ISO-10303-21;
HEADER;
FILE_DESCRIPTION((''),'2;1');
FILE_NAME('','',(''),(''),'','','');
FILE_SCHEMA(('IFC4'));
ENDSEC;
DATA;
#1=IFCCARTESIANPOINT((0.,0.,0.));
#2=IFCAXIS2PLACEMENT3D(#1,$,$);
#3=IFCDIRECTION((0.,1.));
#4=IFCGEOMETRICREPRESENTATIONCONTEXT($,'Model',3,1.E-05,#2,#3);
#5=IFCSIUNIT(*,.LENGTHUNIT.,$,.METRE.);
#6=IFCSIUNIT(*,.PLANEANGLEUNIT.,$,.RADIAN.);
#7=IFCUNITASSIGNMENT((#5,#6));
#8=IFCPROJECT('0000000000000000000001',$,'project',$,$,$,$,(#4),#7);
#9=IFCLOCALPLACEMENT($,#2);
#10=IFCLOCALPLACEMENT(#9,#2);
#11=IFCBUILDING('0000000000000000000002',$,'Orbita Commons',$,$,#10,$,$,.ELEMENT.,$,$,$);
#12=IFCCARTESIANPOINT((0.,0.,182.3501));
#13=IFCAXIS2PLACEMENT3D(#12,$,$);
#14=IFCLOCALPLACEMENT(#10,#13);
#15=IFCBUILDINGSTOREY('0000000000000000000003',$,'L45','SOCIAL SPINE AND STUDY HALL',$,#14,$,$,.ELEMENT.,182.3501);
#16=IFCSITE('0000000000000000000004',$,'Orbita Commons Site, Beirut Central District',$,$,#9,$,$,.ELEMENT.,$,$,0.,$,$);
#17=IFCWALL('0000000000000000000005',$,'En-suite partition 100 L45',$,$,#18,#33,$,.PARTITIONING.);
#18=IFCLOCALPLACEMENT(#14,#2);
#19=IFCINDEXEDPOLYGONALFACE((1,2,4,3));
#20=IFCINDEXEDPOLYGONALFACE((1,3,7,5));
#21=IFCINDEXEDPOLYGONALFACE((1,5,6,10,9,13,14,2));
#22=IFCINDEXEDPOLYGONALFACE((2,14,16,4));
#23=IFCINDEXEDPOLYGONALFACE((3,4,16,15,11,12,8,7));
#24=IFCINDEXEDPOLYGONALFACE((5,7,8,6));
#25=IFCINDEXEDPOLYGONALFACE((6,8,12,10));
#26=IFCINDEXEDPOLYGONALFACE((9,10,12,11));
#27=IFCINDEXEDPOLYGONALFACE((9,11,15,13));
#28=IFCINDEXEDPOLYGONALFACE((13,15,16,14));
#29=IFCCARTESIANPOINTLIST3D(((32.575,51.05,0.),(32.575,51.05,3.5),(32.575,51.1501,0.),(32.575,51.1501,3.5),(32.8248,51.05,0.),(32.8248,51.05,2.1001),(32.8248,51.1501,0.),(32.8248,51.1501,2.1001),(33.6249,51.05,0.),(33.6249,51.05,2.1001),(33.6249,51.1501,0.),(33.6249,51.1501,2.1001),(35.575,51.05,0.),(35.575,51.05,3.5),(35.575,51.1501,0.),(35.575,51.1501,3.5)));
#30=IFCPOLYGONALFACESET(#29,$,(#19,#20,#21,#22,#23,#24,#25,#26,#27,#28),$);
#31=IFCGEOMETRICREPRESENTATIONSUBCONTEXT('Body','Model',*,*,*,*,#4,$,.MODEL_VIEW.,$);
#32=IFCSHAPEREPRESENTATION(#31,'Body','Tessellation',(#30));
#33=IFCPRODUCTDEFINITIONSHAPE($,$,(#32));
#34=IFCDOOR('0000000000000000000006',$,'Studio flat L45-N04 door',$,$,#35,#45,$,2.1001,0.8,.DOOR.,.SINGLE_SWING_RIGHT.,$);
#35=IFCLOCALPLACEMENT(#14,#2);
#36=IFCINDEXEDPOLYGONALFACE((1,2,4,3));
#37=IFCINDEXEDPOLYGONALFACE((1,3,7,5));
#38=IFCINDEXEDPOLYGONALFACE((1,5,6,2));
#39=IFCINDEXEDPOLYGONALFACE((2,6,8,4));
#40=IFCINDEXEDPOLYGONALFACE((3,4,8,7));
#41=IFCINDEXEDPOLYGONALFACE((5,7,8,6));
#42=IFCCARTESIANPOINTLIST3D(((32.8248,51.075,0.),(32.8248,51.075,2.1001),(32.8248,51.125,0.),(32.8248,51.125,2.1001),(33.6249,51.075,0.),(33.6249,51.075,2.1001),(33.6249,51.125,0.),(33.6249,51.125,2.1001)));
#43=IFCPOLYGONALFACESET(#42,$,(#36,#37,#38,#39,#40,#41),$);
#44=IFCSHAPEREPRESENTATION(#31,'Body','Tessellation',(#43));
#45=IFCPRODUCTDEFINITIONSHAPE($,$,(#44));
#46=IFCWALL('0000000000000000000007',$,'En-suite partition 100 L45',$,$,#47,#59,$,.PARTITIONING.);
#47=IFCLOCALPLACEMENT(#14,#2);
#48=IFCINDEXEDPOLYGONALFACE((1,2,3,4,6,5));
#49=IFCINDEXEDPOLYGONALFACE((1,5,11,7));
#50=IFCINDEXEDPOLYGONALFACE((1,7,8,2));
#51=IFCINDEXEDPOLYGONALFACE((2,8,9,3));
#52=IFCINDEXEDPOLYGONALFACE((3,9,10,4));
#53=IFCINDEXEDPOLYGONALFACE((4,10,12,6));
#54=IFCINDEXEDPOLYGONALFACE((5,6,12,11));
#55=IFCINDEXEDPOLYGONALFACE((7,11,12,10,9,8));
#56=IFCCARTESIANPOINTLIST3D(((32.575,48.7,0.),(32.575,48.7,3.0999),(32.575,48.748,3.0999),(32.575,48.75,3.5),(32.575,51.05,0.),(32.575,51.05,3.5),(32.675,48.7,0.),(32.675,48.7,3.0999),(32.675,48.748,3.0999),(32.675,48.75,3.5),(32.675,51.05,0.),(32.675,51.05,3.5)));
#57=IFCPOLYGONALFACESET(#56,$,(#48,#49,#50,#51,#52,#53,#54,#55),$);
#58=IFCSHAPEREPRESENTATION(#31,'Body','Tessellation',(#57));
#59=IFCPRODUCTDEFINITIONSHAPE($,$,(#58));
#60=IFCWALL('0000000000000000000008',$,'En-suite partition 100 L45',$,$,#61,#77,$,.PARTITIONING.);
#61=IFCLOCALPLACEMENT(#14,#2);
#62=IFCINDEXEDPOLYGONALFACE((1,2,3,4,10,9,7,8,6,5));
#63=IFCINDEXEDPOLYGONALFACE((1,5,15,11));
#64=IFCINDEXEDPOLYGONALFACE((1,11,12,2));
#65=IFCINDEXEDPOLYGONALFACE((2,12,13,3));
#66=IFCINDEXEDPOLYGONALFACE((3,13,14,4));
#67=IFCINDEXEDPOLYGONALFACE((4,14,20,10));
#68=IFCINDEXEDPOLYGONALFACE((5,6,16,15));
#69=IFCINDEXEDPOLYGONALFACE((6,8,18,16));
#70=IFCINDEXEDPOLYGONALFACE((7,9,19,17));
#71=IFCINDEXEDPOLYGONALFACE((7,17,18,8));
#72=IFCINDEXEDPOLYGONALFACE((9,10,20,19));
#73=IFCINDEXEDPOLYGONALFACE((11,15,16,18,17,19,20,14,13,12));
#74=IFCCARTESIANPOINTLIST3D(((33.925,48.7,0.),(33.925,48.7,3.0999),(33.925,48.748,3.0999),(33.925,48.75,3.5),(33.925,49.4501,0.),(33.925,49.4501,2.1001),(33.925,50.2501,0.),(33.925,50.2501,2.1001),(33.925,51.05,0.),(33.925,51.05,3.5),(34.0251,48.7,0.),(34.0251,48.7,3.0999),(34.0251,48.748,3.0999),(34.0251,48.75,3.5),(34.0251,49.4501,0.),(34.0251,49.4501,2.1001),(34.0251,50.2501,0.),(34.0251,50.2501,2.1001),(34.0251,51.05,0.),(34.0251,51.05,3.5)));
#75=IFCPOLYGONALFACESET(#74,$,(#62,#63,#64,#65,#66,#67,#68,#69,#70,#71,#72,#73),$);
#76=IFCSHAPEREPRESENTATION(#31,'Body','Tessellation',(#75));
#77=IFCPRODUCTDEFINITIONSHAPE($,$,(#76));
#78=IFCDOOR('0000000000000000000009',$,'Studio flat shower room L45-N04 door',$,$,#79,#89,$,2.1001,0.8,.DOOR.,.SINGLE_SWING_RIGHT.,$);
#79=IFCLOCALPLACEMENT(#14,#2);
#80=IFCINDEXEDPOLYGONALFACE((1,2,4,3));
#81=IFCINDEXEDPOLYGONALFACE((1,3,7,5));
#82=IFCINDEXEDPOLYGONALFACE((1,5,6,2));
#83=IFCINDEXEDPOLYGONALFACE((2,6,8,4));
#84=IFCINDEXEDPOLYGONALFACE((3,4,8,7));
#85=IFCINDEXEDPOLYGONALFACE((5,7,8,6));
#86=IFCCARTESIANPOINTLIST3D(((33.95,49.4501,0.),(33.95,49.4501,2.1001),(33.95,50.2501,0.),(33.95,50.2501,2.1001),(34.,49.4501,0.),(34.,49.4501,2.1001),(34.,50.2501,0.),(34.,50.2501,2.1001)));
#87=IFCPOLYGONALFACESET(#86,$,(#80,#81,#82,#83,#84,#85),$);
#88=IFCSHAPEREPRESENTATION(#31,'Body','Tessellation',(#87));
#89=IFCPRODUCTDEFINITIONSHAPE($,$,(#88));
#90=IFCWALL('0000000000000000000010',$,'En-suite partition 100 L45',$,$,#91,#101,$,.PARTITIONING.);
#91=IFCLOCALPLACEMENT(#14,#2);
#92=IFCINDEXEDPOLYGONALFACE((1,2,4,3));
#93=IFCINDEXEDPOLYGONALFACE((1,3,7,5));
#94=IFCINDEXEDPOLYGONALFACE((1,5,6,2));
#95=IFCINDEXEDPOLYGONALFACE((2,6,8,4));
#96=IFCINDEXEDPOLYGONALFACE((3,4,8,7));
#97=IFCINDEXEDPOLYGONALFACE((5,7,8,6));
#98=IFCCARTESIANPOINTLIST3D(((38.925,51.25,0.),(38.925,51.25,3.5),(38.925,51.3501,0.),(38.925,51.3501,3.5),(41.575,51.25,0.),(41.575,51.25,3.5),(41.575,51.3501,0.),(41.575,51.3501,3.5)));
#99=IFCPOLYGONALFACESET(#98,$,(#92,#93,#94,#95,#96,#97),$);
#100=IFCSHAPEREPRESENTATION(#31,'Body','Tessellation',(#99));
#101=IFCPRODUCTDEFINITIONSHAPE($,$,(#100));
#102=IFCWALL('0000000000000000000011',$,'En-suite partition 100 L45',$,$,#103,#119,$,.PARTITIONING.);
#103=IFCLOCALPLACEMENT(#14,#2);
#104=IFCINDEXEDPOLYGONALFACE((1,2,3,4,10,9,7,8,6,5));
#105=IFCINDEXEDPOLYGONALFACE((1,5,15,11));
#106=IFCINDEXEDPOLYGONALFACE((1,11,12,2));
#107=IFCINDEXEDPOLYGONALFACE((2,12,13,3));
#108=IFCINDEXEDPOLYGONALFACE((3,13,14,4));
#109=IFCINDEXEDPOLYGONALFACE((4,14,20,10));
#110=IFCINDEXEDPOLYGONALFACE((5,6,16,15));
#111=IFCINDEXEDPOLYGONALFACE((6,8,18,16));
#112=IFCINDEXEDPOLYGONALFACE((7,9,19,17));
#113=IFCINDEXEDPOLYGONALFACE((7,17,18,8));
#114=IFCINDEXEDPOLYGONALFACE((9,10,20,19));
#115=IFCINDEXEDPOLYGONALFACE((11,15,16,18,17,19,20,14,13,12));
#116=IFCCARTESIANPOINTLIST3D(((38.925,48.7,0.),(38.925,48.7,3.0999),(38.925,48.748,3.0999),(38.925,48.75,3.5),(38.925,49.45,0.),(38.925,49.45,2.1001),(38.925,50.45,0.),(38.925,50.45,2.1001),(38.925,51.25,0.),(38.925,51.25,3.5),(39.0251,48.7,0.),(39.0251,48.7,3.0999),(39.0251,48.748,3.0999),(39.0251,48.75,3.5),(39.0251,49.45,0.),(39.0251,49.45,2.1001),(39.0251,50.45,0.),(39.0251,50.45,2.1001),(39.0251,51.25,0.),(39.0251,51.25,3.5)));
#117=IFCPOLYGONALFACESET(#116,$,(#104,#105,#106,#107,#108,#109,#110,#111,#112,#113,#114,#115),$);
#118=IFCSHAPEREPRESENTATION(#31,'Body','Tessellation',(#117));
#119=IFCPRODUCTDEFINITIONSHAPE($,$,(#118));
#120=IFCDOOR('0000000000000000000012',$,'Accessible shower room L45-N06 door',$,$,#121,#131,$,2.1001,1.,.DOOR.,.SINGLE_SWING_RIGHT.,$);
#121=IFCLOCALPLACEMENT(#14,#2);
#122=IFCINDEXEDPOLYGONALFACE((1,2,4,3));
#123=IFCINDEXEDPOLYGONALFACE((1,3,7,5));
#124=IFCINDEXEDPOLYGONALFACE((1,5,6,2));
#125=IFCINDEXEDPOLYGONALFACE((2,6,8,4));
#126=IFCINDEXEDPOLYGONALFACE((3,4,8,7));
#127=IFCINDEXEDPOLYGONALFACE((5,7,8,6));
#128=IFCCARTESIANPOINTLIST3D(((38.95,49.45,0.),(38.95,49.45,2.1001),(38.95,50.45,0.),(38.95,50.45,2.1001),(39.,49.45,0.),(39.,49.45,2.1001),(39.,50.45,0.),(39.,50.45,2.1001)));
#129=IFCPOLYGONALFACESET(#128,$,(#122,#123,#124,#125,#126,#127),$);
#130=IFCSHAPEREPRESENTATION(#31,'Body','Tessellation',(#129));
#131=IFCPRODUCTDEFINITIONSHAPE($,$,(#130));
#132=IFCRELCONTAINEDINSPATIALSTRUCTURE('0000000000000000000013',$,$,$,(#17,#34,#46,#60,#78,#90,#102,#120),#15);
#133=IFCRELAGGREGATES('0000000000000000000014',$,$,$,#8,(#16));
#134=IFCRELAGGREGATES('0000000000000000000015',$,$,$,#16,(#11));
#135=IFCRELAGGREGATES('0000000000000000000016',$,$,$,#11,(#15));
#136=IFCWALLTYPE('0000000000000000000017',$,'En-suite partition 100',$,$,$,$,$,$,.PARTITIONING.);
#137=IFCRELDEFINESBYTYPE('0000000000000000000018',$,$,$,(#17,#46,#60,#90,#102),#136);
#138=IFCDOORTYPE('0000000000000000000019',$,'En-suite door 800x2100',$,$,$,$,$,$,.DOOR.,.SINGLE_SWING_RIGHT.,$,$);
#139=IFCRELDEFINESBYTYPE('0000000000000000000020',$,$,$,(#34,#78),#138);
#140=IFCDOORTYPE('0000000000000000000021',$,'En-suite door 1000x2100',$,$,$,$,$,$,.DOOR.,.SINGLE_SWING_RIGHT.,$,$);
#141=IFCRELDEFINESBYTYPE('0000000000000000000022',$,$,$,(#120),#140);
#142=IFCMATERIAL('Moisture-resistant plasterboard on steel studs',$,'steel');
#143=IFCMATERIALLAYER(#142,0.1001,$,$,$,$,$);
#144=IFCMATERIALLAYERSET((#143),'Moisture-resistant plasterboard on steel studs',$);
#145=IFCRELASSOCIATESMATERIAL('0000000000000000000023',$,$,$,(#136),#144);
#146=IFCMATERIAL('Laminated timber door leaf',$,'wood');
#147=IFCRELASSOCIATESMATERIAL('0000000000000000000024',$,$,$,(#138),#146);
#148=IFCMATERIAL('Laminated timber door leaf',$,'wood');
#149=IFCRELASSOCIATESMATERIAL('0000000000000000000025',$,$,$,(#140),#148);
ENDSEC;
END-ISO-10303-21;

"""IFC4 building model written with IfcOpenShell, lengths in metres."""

from ifc_helpers import new_model, si_unit, direction, frame, frame_2d, origin, place, context, subcontext, project, spatial, polyline, rectangle, outline, extrude, material, layer, layer_set, type_object, element, fill, save


model = new_model("IFC4")

# Units and contexts
model_context = context("Model", 3, precision=1e-05, world=origin(), true_north=direction((0.0, 1.0)))
body_context = subcontext(model_context, "Body", "Model", "MODEL_VIEW")
ifc_project = project(units=[si_unit("LENGTHUNIT", "METRE"), si_unit("PLANEANGLEUNIT", "RADIAN")], contexts=[model_context])

# Site, building, storey
site_placement = place(None, origin())
site = spatial("IfcSite", under=ifc_project, at=site_placement, Name="Orbita Commons Site, Beirut Central District", CompositionType="ELEMENT", RefElevation=0.0)
building_placement = place(site_placement, origin())
building = spatial("IfcBuilding", under=site, at=building_placement, Name="Orbita Commons", CompositionType="ELEMENT")
storey_placement = place(building_placement, frame((0.0, 0.0, 182.3501)))
storey = spatial("IfcBuildingStorey", under=building, at=storey_placement, Name="L45", Description="SOCIAL SPINE AND STUDY HALL", CompositionType="ELEMENT", Elevation=182.3501)

# Shared definitions
ifc_material_1 = material(Name="Moisture-resistant plasterboard on steel studs", Category="steel")
ifc_layer_1 = layer(ifc_material_1, 0.1001)
ifc_layer_set_1 = layer_set([ifc_layer_1], Name="Moisture-resistant plasterboard on steel studs")
wall_type_1 = type_object("IfcWallType", Name="En-suite partition 100", PredefinedType="PARTITIONING", material=ifc_layer_set_1)

# Wall, opening, door
wall_1_placement = place(storey_placement, frame((32.575, 51.1001, 0.0), z_axis=(0.0, 0.0, 1.0), x_axis=(1.0, 0.0, 0.0)))
wall_1 = element("IfcWall", 1, at=wall_1_placement, inside=storey, type_object=wall_type_1, Name="En-suite partition 100 L45", PredefinedType="PARTITIONING", context=body_context, shape_type="SweptSolid", body=[
    extrude(rectangle(XDim=3.0, YDim=0.1001, at=frame_2d((1.5, 0.0))), origin(), (0.0, 0.0, 1.0), 3.5),
])
opening_1_placement = place(wall_1_placement, frame((0.25, 0.0, 0.0)))
opening_1 = element("IfcOpeningElement", 2, at=opening_1_placement, cuts=wall_1, PredefinedType="OPENING", context=body_context, shape_type="SweptSolid", body=[
    extrude(rectangle(XDim=0.8, YDim=2.1001, at=frame_2d((0.3999, 1.05))), frame((0.0, 0.0601, 0.0), z_axis=(0.0, -1.0, 0.0), x_axis=(1.0, 0.0, 0.0)), (0.0, 0.0, 1.0), 0.1201),
])
ifc_material_2 = material(Name="Laminated timber door leaf", Category="wood")
door_type_1 = type_object("IfcDoorType", Name="En-suite door 800x2100", OperationType="SINGLE_SWING_RIGHT", PredefinedType="DOOR", material=ifc_material_2)
door_1_placement = place(opening_1_placement, origin())
door_1 = element("IfcDoor", 3, at=door_1_placement, inside=storey, type_object=door_type_1, Name="Studio flat L45-N04 door", OperationType="SINGLE_SWING_RIGHT", OverallHeight=2.1001, OverallWidth=0.8, PredefinedType="DOOR", context=body_context, shape_type="SweptSolid", body=[
    extrude(rectangle(XDim=0.8, YDim=2.1001, at=frame_2d((0.3999, 1.05))), frame((0.0, 0.0249, 0.0), z_axis=(0.0, -1.0, 0.0), x_axis=(1.0, 0.0, 0.0)), (0.0, 0.0, 1.0), 0.05),
])
fill(opening_1, door_1)

# Wall
wall_2_placement = place(storey_placement, frame((32.625, 51.05, 0.0), z_axis=(0.0, 0.0, 1.0), x_axis=(0.0, -1.0, 0.0)))
element("IfcWall", 4, at=wall_2_placement, inside=storey, type_object=wall_type_1, Name="En-suite partition 100 L45", PredefinedType="PARTITIONING", context=body_context, shape_type="SweptSolid", body=[
    extrude(outline(polyline([(0.0, 0.0), (2.3501, 0.0), (2.3501, 3.0999), (2.302, 3.0999), (2.3, 3.5), (0.0, 3.5), (0.0, 0.0)])), frame((0.0, 0.05, 0.0), z_axis=(0.0, -1.0, 0.0), x_axis=(1.0, 0.0, 0.0)), (0.0, 0.0, 1.0), 0.1001),
])

# Wall, opening, door
wall_3_placement = place(storey_placement, frame((33.9751, 51.05, 0.0), z_axis=(0.0, 0.0, 1.0), x_axis=(0.0, -1.0, 0.0)))
wall_3 = element("IfcWall", 5, at=wall_3_placement, inside=storey, type_object=wall_type_1, Name="En-suite partition 100 L45", PredefinedType="PARTITIONING", context=body_context, shape_type="SweptSolid", body=[
    extrude(outline(polyline([(0.0, 0.0), (2.3501, 0.0), (2.3501, 3.0999), (2.302, 3.0999), (2.3, 3.5), (0.0, 3.5), (0.0, 0.0)])), frame((0.0, 0.05, 0.0), z_axis=(0.0, -1.0, 0.0), x_axis=(1.0, 0.0, 0.0)), (0.0, 0.0, 1.0), 0.1001),
])
opening_2_placement = place(wall_3_placement, frame((0.8, 0.0, 0.0)))
opening_2 = element("IfcOpeningElement", 6, at=opening_2_placement, cuts=wall_3, PredefinedType="OPENING", context=body_context, shape_type="SweptSolid", body=[
    extrude(rectangle(XDim=0.8, YDim=2.1001, at=frame_2d((0.3999, 1.05))), frame((0.0, 0.0601, 0.0), z_axis=(0.0, -1.0, 0.0), x_axis=(1.0, 0.0, 0.0)), (0.0, 0.0, 1.0), 0.1201),
])
door_2_placement = place(opening_2_placement, origin())
door_2 = element("IfcDoor", 7, at=door_2_placement, inside=storey, type_object=door_type_1, Name="Studio flat shower room L45-N04 door", OperationType="SINGLE_SWING_RIGHT", OverallHeight=2.1001, OverallWidth=0.8, PredefinedType="DOOR", context=body_context, shape_type="SweptSolid", body=[
    extrude(rectangle(XDim=0.8, YDim=2.1001, at=frame_2d((0.3999, 1.05))), frame((0.0, 0.0249, 0.0), z_axis=(0.0, -1.0, 0.0), x_axis=(1.0, 0.0, 0.0)), (0.0, 0.0, 1.0), 0.05),
])
fill(opening_2, door_2)

# Wall
wall_4_placement = place(storey_placement, frame((38.925, 51.3, 0.0), z_axis=(0.0, 0.0, 1.0), x_axis=(1.0, 0.0, 0.0)))
element("IfcWall", 8, at=wall_4_placement, inside=storey, type_object=wall_type_1, Name="En-suite partition 100 L45", PredefinedType="PARTITIONING", context=body_context, shape_type="SweptSolid", body=[
    extrude(rectangle(XDim=2.6499, YDim=0.1001, at=frame_2d((1.325, 0.0))), origin(), (0.0, 0.0, 1.0), 3.5),
])

# Wall, opening, door
wall_5_placement = place(storey_placement, frame((38.9751, 51.25, 0.0), z_axis=(0.0, 0.0, 1.0), x_axis=(0.0, -1.0, 0.0)))
wall_5 = element("IfcWall", 9, at=wall_5_placement, inside=storey, type_object=wall_type_1, Name="En-suite partition 100 L45", PredefinedType="PARTITIONING", context=body_context, shape_type="SweptSolid", body=[
    extrude(outline(polyline([(0.0, 0.0), (2.55, 0.0), (2.55, 3.0999), (2.502, 3.0999), (2.5, 3.5), (0.0, 3.5), (0.0, 0.0)])), frame((0.0, 0.05, 0.0), z_axis=(0.0, -1.0, 0.0), x_axis=(1.0, 0.0, 0.0)), (0.0, 0.0, 1.0), 0.1001),
])
opening_3_placement = place(wall_5_placement, frame((0.8, 0.0, 0.0)))
opening_3 = element("IfcOpeningElement", 10, at=opening_3_placement, cuts=wall_5, PredefinedType="OPENING", context=body_context, shape_type="SweptSolid", body=[
    extrude(rectangle(XDim=1.0, YDim=2.1001, at=frame_2d((0.5, 1.05))), frame((0.0, 0.0601, 0.0), z_axis=(0.0, -1.0, 0.0), x_axis=(1.0, 0.0, 0.0)), (0.0, 0.0, 1.0), 0.1201),
])
ifc_material_3 = material(Name="Laminated timber door leaf", Category="wood")
door_type_2 = type_object("IfcDoorType", Name="En-suite door 1000x2100", OperationType="SINGLE_SWING_RIGHT", PredefinedType="DOOR", material=ifc_material_3)
door_3_placement = place(opening_3_placement, origin())
door_3 = element("IfcDoor", 11, at=door_3_placement, inside=storey, type_object=door_type_2, Name="Accessible shower room L45-N06 door", OperationType="SINGLE_SWING_RIGHT", OverallHeight=2.1001, OverallWidth=1.0, PredefinedType="DOOR", context=body_context, shape_type="SweptSolid", body=[
    extrude(rectangle(XDim=1.0, YDim=2.1001, at=frame_2d((0.5, 1.05))), frame((0.0, 0.0249, 0.0), z_axis=(0.0, -1.0, 0.0), x_axis=(1.0, 0.0, 0.0)), (0.0, 0.0, 1.0), 0.05),
])
fill(opening_3, door_3)

save(model, "model.ifc")
